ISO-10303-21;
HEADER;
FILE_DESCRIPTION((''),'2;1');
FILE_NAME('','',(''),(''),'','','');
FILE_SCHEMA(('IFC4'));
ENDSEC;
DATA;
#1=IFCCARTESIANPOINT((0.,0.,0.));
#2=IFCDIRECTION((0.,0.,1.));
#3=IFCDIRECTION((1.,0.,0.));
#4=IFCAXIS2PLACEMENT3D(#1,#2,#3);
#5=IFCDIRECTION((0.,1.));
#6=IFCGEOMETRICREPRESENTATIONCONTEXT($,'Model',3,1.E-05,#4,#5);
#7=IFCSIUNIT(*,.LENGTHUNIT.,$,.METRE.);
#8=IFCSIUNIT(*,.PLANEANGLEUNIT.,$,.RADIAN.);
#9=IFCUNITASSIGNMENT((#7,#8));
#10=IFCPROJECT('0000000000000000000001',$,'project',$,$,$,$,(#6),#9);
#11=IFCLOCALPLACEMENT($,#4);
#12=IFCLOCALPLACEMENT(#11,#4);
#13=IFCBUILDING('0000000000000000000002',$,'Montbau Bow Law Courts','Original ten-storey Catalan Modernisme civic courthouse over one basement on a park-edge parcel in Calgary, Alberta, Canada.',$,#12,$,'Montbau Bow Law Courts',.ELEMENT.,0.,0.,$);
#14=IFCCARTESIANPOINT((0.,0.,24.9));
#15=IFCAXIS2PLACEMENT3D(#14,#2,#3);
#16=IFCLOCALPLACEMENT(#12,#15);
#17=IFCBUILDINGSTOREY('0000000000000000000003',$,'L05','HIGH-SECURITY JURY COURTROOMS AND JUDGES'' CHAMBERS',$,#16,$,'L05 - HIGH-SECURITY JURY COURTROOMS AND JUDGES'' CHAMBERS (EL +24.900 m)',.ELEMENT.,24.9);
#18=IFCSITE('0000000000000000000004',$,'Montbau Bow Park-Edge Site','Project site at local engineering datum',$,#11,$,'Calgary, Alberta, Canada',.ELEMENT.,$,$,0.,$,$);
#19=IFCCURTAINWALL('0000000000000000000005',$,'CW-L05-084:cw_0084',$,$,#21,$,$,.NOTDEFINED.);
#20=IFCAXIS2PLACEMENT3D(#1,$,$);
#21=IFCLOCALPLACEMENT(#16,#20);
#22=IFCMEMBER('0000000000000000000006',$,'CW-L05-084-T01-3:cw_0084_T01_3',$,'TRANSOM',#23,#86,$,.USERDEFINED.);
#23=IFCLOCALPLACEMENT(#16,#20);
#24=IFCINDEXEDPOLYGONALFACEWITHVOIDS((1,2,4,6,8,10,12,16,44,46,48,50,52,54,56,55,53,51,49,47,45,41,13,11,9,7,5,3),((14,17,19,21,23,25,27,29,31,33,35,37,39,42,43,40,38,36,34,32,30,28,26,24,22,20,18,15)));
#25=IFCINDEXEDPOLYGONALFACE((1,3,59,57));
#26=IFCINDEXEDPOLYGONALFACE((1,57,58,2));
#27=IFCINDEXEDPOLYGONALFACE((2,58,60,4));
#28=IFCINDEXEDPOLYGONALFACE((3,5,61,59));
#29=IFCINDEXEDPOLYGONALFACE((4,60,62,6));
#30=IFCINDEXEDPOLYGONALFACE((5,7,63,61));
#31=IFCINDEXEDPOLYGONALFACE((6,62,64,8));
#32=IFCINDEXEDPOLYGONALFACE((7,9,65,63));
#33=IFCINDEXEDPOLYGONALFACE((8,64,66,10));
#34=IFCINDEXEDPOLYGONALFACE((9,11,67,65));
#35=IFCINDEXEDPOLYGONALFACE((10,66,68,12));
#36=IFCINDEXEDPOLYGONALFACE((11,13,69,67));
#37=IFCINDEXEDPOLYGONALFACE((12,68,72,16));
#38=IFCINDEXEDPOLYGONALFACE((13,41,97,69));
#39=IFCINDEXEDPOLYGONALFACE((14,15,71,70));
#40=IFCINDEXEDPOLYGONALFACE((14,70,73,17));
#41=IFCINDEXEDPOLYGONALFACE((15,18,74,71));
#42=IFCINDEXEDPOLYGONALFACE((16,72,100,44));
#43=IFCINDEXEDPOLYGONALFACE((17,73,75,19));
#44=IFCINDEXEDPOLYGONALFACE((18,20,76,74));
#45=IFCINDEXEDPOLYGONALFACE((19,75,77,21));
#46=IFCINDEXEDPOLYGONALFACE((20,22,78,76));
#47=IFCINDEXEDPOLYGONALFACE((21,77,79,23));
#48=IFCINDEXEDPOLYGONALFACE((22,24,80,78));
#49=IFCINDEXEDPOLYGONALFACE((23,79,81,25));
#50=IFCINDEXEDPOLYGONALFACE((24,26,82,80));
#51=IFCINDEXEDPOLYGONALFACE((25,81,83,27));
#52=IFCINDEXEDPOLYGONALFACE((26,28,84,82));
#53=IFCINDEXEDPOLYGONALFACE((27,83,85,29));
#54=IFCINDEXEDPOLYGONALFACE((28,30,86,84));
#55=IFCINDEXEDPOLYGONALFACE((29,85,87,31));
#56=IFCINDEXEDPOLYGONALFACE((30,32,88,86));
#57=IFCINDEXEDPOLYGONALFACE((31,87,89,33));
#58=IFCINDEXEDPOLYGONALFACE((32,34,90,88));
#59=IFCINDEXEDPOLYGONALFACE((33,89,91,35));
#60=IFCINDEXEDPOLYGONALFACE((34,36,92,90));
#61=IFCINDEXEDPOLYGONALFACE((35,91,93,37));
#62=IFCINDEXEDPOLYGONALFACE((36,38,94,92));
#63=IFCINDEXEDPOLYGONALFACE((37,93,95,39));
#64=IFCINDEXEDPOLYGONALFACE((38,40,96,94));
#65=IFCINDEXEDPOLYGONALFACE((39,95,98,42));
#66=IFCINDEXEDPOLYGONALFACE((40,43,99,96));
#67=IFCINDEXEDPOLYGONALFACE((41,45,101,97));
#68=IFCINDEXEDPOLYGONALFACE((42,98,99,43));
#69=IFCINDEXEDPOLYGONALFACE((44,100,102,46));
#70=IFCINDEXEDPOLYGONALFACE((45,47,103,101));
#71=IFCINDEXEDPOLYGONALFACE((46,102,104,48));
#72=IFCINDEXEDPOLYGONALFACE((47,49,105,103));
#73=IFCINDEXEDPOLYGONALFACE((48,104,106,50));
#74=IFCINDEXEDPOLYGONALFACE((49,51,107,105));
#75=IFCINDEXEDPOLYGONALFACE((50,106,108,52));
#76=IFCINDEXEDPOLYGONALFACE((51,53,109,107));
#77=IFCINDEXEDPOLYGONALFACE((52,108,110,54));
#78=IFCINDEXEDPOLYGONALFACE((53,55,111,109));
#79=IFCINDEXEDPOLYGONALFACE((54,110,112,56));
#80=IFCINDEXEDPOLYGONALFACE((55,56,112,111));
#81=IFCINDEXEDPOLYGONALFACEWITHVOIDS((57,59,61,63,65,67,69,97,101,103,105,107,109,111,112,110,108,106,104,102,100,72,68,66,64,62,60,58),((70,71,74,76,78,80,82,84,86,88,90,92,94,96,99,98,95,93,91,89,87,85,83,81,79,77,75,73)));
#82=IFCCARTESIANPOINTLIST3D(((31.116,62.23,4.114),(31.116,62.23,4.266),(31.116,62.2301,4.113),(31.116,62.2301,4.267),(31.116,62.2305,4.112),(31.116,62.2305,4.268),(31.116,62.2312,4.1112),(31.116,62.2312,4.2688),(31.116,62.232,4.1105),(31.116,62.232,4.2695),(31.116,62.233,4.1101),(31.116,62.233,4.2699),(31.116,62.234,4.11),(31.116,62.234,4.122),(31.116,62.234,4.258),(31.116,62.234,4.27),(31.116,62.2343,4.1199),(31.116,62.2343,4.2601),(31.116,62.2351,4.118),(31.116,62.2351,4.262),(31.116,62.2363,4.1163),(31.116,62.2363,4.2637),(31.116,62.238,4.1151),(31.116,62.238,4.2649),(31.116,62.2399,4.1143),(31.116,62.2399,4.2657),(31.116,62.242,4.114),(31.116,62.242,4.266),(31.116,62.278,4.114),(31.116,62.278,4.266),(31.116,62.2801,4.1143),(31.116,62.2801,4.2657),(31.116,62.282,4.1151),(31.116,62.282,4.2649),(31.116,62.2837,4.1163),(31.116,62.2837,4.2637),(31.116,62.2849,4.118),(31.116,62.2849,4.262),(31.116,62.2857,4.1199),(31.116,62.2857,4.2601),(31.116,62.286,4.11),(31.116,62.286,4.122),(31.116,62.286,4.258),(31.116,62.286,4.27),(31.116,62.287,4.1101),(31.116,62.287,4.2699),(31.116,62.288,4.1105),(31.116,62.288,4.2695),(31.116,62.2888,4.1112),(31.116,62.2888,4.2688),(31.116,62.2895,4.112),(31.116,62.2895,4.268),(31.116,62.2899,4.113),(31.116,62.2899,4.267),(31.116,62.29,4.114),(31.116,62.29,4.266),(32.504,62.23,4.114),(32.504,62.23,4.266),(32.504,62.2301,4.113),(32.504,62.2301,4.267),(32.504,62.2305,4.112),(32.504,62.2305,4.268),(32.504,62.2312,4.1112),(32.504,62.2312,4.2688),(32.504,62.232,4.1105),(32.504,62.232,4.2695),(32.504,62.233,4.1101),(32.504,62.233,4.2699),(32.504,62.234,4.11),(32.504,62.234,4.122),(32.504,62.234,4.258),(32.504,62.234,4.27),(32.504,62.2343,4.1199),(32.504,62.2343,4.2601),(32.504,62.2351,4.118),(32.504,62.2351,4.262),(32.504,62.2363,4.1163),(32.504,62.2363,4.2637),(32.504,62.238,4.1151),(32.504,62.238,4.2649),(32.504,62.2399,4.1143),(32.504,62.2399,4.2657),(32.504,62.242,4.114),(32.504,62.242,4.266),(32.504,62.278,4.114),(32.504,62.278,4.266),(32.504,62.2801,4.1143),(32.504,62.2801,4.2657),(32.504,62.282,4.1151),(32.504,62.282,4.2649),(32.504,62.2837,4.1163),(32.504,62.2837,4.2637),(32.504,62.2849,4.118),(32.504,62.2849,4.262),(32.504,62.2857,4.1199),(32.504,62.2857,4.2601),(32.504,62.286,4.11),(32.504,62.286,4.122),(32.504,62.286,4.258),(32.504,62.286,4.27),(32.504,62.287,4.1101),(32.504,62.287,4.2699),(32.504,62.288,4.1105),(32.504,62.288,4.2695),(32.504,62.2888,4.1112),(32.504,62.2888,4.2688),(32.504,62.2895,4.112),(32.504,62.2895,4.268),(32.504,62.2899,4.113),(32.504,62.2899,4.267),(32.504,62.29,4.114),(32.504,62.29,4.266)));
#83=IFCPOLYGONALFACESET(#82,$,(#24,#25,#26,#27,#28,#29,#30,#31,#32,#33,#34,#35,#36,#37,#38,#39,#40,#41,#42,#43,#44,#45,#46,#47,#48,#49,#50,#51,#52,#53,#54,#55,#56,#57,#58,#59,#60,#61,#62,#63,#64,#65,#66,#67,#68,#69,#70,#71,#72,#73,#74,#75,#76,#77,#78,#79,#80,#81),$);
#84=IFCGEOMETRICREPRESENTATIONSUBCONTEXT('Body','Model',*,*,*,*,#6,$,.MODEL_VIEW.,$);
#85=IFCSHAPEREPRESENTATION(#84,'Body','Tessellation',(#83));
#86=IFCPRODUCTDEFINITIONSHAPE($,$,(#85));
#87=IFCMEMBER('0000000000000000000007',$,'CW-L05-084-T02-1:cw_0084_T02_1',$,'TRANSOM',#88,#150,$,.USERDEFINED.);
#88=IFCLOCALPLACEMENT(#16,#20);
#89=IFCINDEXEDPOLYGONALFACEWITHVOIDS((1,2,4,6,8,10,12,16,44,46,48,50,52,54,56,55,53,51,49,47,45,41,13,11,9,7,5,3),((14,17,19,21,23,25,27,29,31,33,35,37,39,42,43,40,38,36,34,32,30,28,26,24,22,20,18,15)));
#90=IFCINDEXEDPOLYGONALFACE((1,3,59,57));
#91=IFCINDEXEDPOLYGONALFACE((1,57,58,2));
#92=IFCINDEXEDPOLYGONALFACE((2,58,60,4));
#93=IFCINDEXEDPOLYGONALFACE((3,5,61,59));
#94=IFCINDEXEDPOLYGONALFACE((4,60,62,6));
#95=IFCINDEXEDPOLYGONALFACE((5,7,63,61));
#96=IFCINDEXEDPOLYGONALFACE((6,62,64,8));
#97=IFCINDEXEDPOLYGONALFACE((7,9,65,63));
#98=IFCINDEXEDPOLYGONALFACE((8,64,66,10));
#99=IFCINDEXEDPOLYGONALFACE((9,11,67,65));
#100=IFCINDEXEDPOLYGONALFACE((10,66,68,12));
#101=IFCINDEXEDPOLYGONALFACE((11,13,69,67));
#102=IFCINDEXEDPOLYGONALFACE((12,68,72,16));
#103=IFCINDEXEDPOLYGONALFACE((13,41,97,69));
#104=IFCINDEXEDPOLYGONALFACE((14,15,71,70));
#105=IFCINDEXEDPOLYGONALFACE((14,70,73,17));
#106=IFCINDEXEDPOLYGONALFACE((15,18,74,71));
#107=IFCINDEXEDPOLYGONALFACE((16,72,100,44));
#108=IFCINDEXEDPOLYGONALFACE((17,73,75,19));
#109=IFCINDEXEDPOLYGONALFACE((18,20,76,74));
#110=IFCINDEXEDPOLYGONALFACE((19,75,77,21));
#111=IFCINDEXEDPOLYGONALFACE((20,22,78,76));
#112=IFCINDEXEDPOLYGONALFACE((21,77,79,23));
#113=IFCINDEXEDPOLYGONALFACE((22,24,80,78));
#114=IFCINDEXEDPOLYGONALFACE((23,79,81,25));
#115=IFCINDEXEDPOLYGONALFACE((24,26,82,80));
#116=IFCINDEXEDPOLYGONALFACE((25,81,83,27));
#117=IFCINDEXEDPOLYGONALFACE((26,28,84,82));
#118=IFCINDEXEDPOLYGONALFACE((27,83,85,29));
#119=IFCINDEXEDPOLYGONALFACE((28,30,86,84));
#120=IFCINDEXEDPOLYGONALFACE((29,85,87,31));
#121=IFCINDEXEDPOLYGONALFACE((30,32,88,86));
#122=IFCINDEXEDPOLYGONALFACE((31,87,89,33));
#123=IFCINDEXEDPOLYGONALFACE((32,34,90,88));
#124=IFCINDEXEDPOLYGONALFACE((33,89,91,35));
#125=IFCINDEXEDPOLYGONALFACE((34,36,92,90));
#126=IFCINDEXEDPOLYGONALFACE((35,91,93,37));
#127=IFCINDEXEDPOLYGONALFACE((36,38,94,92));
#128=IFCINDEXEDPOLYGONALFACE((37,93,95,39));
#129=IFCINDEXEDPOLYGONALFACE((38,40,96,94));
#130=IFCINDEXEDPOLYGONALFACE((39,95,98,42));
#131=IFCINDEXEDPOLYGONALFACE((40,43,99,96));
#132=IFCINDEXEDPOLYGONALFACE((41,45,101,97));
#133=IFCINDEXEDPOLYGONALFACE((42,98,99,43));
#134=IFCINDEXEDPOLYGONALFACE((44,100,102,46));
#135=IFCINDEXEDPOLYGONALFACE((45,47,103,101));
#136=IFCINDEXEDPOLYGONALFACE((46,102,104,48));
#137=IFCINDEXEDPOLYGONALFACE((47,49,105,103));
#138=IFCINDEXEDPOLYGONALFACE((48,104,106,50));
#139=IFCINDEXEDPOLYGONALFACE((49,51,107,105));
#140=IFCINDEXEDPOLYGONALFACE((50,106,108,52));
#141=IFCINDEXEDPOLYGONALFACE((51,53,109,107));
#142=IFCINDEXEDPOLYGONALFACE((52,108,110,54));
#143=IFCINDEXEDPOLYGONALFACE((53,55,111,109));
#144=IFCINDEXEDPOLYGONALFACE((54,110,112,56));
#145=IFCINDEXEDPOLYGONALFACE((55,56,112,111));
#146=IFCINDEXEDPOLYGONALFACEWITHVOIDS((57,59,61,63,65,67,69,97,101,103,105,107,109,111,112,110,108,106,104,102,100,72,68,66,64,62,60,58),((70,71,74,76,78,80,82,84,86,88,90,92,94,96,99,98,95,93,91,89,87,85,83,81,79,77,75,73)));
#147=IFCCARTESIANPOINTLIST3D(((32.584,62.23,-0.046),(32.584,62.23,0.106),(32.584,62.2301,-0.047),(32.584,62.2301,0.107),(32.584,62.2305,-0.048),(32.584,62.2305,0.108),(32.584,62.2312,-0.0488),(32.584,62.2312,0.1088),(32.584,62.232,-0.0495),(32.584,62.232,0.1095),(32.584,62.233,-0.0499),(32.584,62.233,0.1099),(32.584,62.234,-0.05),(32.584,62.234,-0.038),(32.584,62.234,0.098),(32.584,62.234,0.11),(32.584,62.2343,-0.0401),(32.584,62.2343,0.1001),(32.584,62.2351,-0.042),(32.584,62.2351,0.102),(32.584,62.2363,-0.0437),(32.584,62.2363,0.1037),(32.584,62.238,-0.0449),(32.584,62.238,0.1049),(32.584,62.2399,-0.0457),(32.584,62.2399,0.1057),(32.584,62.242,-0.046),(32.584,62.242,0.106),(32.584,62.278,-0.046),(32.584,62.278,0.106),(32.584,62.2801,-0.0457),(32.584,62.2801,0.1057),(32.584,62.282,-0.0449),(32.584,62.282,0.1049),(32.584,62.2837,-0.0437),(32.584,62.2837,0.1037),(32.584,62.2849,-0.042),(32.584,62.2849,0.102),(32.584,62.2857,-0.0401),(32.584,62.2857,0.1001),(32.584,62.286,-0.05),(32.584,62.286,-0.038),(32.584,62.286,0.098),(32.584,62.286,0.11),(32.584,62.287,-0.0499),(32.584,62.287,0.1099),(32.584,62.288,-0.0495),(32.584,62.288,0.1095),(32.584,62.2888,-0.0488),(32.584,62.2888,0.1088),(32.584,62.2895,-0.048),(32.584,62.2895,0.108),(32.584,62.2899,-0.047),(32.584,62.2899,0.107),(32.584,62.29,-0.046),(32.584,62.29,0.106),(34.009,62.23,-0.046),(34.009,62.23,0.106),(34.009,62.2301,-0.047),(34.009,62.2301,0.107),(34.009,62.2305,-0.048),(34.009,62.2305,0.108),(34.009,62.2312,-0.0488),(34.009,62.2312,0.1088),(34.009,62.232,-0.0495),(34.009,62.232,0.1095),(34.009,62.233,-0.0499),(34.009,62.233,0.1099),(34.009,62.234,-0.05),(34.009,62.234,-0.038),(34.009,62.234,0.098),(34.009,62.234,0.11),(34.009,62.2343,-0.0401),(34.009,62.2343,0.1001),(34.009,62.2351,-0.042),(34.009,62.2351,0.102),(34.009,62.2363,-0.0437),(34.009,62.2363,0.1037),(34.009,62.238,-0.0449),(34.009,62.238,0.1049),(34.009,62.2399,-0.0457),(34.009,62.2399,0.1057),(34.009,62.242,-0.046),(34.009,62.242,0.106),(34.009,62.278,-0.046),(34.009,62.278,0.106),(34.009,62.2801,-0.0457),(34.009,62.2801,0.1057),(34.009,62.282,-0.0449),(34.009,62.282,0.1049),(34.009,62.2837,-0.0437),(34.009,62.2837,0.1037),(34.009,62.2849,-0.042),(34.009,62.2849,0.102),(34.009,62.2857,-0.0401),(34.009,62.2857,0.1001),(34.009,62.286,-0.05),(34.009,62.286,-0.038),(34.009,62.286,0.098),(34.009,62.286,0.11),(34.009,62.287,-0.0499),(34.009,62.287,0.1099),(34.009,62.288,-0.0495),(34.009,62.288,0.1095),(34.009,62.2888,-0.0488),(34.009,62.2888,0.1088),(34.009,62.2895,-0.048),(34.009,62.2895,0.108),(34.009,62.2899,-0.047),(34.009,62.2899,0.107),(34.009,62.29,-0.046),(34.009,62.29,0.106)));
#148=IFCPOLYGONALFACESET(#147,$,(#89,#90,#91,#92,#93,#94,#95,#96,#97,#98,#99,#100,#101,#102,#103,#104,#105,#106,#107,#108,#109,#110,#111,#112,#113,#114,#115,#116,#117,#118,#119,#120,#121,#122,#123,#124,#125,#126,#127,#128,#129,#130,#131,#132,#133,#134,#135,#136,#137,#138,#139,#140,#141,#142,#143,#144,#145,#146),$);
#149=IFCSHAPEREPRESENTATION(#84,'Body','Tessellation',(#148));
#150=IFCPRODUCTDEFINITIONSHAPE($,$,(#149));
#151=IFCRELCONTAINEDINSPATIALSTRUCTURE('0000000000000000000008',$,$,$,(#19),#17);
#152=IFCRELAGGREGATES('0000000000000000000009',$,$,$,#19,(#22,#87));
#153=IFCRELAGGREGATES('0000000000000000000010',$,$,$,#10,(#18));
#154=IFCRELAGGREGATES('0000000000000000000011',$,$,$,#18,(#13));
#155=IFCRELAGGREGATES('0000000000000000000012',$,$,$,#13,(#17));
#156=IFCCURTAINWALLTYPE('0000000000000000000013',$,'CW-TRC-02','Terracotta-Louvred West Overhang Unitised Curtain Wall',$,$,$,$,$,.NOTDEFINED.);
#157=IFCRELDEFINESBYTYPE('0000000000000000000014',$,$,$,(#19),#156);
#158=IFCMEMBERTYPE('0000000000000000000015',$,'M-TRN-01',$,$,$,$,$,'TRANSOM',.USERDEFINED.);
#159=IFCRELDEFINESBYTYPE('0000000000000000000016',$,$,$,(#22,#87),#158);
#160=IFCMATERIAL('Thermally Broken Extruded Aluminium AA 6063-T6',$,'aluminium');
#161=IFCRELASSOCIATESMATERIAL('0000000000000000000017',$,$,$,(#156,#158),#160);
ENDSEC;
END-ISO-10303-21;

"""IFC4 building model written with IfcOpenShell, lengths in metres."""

from ifc_helpers import new_model, si_unit, direction, frame, origin_with_axes, origin_2d_with_axis, place, context, subcontext, project, spatial, hollow_rectangle, extrude, material, material_profile, profile_set, type_object, element, aggregate, save


model = new_model("IFC4")

# Units and contexts
model_context = context("Model", 3, precision=1e-05, world=origin_with_axes(), true_north=direction((0.0, 1.0)))
body_context = subcontext(model_context, "Body", "Model", "MODEL_VIEW")
ifc_project = project(units=[si_unit("LENGTHUNIT", "METRE"), si_unit("PLANEANGLEUNIT", "RADIAN")], contexts=[model_context])

# Site, building, storey
site_placement = place(None, origin_with_axes())
site = spatial("IfcSite", under=ifc_project, at=site_placement, Name="Montbau Bow Park-Edge Site", Description="Project site at local engineering datum", LongName="Calgary, Alberta, Canada", CompositionType="ELEMENT", RefElevation=0.0)
building_placement = place(site_placement, origin_with_axes())
building = spatial("IfcBuilding", under=site, at=building_placement, Name="Montbau Bow Law Courts", Description="Original ten-storey Catalan Modernisme civic courthouse over one basement on a park-edge parcel in Calgary, Alberta, Canada.", LongName="Montbau Bow Law Courts", CompositionType="ELEMENT", ElevationOfRefHeight=0.0, ElevationOfTerrain=0.0)
storey_placement = place(building_placement, frame((0.0, 0.0, 24.9), z_axis=(0.0, 0.0, 1.0), x_axis=(1.0, 0.0, 0.0)))
storey = spatial("IfcBuildingStorey", under=building, at=storey_placement, Name="L05", Description="HIGH-SECURITY JURY COURTROOMS AND JUDGES' CHAMBERS", LongName="L05 - HIGH-SECURITY JURY COURTROOMS AND JUDGES' CHAMBERS (EL +24.900 m)", CompositionType="ELEMENT", Elevation=24.9)

# Curtain wall, members
ifc_material_1 = material(Name="Thermally Broken Extruded Aluminium AA 6063-T6", Category="aluminium")
curtain_wall_type = type_object("IfcCurtainWallType", Name="CW-TRC-02", Description="Terracotta-Louvred West Overhang Unitised Curtain Wall", PredefinedType="NOTDEFINED", material=ifc_material_1)
curtain_wall_placement = place(None, frame((31.04, 62.26, 24.9), z_axis=(0.0, 0.0, 1.0), x_axis=(1.0, 0.0, 0.0)))
curtain_wall = element("IfcCurtainWall", 1, at=curtain_wall_placement, inside=storey, type_object=curtain_wall_type, Name="CW-L05-084:cw_0084", PredefinedType="NOTDEFINED")
ifc_material_profile_1 = material_profile(ifc_material_1, hollow_rectangle(XDim=0.06, YDim=0.16, WallThickness=0.004, InnerFilletRadius=0.008, OuterFilletRadius=0.004, at=origin_2d_with_axis()), Name="CWT-160X60", Category="Main", Priority=0)
ifc_profile_set_1 = profile_set([ifc_material_profile_1], Name="Thermally Broken Extruded Aluminium AA 6063-T6")
member_type_1 = type_object("IfcMemberType", Name="M-TRN-01", ElementType="TRANSOM", PredefinedType="USERDEFINED", material=ifc_profile_set_1)
member_1_placement = place(None, frame((31.116, 62.26, 29.09), z_axis=(1.0, 0.0, 0.0), x_axis=(0.0, 1.0, 0.0)))
member_1 = element("IfcMember", 2, at=member_1_placement, type_object=member_type_1, Name="CW-L05-084-T01-3:cw_0084_T01_3", ObjectType="TRANSOM", PredefinedType="USERDEFINED", context=body_context, shape_type="SweptSolid", body=[
    extrude(hollow_rectangle(XDim=0.06, YDim=0.16, WallThickness=0.004, InnerFilletRadius=0.008, OuterFilletRadius=0.004, at=origin_2d_with_axis()), origin_with_axes(), (0.0, 0.0, 1.0), 1.388),
])
member_2_placement = place(None, frame((32.584, 62.26, 24.93), z_axis=(1.0, 0.0, 0.0), x_axis=(0.0, 1.0, 0.0)))
member_2 = element("IfcMember", 3, at=member_2_placement, type_object=member_type_1, Name="CW-L05-084-T02-1:cw_0084_T02_1", ObjectType="TRANSOM", PredefinedType="USERDEFINED", context=body_context, shape_type="SweptSolid", body=[
    extrude(hollow_rectangle(XDim=0.06, YDim=0.16, WallThickness=0.004, InnerFilletRadius=0.008, OuterFilletRadius=0.004, at=origin_2d_with_axis()), origin_with_axes(), (0.0, 0.0, 1.0), 1.425),
])
aggregate(curtain_wall, [member_1, member_2])

save(model, "model.ifc")
